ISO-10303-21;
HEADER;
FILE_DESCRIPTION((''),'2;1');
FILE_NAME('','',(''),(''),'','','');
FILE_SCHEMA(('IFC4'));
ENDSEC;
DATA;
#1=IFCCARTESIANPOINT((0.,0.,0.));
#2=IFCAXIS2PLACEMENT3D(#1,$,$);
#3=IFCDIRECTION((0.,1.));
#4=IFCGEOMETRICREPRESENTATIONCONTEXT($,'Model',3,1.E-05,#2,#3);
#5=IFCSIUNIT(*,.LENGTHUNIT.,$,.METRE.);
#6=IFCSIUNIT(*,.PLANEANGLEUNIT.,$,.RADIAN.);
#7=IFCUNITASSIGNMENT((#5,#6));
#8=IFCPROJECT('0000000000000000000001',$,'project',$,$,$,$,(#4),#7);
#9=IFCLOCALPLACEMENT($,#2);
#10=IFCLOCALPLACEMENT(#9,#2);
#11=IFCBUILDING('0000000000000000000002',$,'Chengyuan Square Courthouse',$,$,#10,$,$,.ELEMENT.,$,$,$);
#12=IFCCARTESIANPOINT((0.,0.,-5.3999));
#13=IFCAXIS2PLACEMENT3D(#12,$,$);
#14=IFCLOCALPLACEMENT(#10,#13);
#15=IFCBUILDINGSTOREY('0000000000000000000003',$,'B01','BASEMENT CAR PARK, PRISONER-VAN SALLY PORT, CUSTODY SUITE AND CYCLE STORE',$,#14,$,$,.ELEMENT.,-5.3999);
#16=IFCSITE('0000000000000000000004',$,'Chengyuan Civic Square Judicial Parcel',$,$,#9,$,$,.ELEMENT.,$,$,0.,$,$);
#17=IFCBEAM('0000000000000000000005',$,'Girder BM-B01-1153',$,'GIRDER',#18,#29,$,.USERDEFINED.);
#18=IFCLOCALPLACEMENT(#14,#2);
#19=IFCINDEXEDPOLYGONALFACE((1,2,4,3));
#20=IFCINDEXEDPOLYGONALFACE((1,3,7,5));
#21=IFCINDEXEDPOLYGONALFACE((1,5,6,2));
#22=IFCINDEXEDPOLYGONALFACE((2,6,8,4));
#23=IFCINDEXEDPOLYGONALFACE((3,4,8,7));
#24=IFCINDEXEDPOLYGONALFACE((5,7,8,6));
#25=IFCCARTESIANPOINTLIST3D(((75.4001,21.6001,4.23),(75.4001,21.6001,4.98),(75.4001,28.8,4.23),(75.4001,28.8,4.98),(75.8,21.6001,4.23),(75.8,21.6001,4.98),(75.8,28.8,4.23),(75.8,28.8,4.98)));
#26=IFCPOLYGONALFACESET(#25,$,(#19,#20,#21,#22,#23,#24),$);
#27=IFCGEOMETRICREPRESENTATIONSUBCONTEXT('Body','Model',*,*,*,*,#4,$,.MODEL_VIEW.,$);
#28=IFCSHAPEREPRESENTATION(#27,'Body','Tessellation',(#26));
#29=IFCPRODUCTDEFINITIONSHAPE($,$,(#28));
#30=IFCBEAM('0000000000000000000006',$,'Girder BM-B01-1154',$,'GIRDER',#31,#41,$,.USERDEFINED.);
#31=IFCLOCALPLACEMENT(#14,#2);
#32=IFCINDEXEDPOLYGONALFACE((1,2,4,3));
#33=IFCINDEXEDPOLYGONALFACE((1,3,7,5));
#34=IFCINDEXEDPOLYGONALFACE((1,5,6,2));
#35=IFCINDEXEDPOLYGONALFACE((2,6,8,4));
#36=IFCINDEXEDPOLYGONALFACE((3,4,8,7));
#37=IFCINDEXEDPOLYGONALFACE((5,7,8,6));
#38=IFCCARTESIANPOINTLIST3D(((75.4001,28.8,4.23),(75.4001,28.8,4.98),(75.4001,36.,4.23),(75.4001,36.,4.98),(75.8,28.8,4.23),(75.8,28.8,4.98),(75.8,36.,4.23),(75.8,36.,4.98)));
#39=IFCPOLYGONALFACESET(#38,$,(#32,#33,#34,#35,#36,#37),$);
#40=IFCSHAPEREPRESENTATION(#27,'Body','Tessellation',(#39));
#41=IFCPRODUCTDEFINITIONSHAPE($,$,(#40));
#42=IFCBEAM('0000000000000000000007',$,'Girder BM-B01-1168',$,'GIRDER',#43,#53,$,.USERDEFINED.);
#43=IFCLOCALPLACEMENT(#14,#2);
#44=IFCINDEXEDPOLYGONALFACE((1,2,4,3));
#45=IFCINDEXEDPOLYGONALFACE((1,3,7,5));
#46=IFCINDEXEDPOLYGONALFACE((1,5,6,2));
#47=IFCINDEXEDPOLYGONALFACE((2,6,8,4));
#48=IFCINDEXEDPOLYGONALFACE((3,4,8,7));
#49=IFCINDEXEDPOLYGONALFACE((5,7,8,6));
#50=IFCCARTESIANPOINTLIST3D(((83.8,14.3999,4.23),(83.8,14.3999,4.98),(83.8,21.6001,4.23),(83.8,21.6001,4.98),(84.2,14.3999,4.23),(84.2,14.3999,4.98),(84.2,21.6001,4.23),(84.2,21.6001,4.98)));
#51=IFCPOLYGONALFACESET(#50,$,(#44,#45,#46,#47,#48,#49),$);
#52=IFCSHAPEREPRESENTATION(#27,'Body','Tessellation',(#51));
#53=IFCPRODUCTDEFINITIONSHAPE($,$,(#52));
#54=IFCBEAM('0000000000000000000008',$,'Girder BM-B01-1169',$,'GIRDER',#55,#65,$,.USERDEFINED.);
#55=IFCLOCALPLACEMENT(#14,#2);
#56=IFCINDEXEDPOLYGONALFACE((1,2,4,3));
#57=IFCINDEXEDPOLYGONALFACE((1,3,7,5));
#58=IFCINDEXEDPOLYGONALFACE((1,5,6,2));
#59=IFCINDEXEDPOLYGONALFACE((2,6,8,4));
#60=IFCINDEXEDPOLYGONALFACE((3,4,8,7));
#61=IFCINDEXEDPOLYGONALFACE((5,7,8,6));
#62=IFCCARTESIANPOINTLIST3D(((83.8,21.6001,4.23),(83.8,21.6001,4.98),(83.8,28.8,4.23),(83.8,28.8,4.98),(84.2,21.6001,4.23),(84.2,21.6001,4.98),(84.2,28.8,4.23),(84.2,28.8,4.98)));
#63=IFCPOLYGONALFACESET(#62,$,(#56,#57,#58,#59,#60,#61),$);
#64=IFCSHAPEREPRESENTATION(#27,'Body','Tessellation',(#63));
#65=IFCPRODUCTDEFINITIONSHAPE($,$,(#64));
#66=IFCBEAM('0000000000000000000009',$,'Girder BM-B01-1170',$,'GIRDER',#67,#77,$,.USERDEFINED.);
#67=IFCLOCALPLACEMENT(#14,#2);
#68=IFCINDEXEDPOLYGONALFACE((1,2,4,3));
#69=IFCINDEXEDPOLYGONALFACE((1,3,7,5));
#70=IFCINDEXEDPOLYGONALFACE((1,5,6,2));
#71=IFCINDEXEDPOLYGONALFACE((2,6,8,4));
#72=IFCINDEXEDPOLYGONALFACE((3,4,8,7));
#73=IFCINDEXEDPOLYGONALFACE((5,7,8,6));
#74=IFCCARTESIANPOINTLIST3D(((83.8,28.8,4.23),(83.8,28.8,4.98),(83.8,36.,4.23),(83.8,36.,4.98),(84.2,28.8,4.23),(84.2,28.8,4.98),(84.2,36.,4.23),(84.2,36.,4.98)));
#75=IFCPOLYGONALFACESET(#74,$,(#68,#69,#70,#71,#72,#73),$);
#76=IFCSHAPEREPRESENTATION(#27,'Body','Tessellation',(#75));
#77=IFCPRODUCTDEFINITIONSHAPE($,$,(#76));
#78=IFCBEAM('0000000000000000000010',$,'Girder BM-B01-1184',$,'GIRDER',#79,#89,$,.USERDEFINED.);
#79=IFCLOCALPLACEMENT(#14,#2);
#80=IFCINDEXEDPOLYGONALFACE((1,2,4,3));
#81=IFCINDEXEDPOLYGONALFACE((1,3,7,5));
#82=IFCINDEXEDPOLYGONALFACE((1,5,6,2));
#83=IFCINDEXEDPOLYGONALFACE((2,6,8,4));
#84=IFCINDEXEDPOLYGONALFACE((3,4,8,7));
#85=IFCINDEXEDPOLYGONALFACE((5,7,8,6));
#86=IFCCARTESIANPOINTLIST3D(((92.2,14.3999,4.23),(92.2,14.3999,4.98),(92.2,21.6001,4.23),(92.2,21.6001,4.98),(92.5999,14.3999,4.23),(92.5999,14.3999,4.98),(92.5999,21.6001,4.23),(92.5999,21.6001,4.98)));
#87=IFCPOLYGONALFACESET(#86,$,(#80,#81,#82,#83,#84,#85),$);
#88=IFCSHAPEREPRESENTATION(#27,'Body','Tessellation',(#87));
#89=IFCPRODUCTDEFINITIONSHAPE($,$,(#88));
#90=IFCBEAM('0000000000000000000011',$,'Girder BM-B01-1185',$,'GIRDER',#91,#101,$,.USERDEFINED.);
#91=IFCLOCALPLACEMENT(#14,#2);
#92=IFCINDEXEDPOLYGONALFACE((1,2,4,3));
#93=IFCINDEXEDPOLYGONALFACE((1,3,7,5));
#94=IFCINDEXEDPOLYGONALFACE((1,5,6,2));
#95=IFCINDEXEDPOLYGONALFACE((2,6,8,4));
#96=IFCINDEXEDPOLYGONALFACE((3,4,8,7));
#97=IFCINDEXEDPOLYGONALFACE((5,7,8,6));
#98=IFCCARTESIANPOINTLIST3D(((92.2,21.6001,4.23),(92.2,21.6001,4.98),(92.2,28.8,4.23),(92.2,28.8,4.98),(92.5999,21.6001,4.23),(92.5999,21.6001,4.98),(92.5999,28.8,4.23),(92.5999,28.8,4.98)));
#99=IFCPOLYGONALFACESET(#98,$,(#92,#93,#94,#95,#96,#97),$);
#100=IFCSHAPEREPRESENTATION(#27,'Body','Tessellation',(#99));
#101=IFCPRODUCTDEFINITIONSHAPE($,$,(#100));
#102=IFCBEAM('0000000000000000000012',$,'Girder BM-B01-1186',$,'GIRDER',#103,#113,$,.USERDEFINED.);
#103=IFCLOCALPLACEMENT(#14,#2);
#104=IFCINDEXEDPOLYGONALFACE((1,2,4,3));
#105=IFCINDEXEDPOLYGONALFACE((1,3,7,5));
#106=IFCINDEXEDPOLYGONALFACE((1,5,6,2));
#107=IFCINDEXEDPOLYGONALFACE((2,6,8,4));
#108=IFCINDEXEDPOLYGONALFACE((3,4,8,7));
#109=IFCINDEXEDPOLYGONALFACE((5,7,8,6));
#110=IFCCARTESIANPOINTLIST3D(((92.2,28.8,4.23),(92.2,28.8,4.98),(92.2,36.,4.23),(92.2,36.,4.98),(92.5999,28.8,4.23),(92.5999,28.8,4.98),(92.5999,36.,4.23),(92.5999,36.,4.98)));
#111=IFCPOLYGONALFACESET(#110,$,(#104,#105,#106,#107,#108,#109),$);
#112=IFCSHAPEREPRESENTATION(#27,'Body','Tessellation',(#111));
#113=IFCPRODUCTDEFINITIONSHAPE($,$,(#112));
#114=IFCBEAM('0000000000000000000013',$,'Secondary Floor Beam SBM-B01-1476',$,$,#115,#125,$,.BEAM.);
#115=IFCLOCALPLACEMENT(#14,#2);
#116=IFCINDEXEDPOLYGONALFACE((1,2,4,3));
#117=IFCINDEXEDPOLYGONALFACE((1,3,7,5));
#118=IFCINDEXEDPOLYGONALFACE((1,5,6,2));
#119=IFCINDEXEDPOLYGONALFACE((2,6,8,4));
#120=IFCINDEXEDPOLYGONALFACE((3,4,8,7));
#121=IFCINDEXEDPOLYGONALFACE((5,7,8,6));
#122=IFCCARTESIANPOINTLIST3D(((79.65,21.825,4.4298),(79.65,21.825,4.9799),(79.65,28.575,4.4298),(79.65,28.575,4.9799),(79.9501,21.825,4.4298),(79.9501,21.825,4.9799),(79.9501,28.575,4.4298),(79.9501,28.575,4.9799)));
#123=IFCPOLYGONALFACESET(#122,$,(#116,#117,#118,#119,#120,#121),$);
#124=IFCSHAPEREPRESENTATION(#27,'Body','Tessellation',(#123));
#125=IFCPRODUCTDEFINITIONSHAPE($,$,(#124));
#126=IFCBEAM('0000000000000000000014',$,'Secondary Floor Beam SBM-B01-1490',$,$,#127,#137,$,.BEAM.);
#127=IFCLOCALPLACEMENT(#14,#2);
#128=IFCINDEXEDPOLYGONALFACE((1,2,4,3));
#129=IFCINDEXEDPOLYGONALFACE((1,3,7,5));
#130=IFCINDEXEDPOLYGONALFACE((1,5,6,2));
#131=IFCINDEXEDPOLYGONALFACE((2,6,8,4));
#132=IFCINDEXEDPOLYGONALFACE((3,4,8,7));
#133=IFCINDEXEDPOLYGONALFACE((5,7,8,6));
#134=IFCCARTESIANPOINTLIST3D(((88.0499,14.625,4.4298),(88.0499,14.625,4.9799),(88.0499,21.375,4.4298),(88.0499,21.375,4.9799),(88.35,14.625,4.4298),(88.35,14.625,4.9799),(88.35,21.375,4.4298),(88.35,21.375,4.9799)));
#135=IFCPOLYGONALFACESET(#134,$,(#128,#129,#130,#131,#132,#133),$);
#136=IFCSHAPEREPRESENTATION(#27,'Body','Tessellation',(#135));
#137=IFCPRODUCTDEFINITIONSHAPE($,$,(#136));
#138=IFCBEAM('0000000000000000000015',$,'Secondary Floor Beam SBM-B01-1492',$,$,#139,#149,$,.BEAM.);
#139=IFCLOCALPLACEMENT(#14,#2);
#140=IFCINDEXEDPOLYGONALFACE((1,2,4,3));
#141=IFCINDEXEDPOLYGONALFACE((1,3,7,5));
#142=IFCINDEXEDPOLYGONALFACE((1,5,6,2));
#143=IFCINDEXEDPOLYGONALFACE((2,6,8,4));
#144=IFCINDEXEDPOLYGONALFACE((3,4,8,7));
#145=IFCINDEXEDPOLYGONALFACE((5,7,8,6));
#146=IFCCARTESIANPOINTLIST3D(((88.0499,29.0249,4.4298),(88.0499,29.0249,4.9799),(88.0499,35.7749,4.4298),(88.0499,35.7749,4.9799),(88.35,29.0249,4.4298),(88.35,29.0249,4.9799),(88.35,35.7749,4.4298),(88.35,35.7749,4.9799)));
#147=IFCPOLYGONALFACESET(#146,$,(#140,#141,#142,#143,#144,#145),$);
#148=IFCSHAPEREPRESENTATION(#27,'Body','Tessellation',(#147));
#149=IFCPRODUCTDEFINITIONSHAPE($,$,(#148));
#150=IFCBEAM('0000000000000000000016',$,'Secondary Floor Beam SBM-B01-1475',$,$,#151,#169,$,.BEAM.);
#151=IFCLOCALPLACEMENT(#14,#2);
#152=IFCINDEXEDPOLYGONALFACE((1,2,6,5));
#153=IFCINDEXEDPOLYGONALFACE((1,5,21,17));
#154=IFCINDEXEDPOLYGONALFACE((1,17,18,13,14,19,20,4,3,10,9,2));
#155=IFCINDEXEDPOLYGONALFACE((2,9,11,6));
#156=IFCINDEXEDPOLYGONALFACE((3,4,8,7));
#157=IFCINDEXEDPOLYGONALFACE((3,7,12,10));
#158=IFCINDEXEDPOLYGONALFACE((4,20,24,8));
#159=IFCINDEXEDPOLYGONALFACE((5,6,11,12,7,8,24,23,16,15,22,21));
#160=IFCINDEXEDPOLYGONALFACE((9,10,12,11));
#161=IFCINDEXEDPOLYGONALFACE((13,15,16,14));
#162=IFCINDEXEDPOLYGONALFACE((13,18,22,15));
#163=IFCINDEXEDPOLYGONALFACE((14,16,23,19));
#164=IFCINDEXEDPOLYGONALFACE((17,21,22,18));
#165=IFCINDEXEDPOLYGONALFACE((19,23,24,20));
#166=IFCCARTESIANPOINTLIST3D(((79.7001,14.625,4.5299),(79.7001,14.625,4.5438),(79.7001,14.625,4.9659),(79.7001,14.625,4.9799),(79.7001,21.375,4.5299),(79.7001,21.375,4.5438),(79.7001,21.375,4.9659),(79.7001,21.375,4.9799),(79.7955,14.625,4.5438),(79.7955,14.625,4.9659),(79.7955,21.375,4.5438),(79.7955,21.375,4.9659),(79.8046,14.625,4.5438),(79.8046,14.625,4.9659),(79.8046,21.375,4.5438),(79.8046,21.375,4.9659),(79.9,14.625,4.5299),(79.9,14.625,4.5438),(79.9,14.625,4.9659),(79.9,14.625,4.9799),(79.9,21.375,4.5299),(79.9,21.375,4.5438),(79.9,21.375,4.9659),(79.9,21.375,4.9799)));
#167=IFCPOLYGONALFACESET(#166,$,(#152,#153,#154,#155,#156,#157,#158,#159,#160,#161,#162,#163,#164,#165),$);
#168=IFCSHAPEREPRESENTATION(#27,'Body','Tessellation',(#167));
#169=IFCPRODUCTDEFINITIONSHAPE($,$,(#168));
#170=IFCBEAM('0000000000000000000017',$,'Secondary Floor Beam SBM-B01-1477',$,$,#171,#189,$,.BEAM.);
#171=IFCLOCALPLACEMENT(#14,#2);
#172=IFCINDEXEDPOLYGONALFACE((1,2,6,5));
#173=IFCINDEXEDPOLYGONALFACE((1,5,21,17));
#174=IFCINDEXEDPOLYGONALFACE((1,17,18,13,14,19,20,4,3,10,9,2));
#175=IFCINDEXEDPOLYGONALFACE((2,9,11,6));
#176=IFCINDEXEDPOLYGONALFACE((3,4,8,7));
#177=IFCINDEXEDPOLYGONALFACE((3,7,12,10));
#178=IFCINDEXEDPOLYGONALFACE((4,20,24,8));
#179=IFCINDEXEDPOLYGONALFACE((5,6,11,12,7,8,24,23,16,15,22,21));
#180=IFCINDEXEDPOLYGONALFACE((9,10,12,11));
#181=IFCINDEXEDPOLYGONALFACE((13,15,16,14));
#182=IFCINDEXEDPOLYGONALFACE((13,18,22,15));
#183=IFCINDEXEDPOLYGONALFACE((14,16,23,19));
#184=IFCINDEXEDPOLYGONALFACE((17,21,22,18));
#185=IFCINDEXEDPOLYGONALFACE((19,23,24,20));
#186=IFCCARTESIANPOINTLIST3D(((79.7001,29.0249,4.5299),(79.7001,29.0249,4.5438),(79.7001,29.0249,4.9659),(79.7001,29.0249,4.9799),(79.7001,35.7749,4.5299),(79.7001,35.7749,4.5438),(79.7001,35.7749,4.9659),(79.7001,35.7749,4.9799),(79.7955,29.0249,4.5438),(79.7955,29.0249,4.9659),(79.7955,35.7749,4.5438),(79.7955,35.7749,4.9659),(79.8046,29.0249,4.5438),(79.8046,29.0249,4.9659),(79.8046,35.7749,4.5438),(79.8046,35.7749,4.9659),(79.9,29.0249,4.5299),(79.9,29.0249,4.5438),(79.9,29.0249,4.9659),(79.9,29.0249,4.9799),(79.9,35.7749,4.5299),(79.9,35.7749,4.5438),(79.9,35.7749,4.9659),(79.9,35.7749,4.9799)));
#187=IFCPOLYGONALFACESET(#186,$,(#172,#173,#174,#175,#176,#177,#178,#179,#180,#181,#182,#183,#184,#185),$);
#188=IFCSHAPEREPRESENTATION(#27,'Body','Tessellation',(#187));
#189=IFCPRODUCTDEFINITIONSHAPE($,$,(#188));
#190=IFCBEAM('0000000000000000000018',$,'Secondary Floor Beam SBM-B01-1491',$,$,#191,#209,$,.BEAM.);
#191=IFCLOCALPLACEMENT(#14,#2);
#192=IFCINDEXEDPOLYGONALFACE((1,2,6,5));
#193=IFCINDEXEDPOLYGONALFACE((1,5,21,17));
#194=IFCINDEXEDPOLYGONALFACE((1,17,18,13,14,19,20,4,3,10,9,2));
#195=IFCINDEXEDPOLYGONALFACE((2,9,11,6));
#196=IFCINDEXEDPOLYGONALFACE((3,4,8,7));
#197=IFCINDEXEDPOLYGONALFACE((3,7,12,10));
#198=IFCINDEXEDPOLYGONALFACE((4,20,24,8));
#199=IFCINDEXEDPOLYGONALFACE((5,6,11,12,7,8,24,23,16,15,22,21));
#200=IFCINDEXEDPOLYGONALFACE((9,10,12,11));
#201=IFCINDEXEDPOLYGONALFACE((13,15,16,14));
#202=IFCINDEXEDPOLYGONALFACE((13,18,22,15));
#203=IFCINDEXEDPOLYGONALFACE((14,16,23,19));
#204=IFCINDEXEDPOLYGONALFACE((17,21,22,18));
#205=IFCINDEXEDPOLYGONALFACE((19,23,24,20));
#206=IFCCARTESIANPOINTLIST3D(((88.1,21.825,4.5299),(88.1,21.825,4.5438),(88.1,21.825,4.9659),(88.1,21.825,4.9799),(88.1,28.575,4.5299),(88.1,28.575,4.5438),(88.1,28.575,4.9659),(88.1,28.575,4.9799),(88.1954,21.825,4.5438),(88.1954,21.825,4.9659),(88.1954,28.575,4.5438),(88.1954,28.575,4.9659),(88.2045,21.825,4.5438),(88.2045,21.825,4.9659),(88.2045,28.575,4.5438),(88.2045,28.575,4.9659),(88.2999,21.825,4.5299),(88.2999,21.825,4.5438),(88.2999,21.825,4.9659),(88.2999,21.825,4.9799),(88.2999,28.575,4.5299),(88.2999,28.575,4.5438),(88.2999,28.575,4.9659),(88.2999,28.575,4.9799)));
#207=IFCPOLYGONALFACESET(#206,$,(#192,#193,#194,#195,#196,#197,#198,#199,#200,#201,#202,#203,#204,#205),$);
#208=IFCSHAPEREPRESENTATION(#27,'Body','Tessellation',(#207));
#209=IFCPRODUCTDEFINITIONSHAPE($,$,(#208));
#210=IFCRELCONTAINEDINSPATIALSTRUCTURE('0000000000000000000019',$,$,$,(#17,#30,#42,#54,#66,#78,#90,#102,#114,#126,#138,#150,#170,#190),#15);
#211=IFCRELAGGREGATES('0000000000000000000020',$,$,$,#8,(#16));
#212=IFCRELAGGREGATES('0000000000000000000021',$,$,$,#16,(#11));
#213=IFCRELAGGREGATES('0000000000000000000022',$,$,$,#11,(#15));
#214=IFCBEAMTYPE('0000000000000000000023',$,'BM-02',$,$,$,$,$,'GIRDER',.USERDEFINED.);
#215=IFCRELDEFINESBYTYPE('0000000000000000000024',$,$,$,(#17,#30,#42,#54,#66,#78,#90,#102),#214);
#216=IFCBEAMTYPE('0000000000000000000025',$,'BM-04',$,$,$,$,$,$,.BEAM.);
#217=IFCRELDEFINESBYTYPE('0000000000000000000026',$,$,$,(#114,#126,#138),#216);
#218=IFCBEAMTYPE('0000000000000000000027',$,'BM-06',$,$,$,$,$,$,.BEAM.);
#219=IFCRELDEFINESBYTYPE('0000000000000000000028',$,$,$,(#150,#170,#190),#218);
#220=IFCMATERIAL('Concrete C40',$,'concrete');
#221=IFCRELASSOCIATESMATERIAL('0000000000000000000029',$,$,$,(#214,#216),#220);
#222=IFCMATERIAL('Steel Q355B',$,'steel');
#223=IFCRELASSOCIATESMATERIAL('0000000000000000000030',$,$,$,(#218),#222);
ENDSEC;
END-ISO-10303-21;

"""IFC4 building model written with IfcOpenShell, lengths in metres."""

from ifc_helpers import new_model, si_unit, direction, frame, origin, origin_2d, place, context, subcontext, project, spatial, rectangle, i_section, extrude, material, material_profile, profile_set, type_object, element, save


model = new_model("IFC4")

# Units and contexts
model_context = context("Model", 3, precision=1e-05, world=origin(), true_north=direction((0.0, 1.0)))
body_context = subcontext(model_context, "Body", "Model", "MODEL_VIEW")
ifc_project = project(units=[si_unit("LENGTHUNIT", "METRE"), si_unit("PLANEANGLEUNIT", "RADIAN")], contexts=[model_context])

# Site, building, storey
site_placement = place(None, origin())
site = spatial("IfcSite", under=ifc_project, at=site_placement, Name="Chengyuan Civic Square Judicial Parcel", CompositionType="ELEMENT", RefElevation=0.0)
building_placement = place(site_placement, origin())
building = spatial("IfcBuilding", under=site, at=building_placement, Name="Chengyuan Square Courthouse", CompositionType="ELEMENT")
storey_placement = place(building_placement, frame((0.0, 0.0, -5.3999)))
storey = spatial("IfcBuildingStorey", under=building, at=storey_placement, Name="B01", Description="BASEMENT CAR PARK, PRISONER-VAN SALLY PORT, CUSTODY SUITE AND CYCLE STORE", CompositionType="ELEMENT", Elevation=-5.3999)

# Beams
ifc_material_1 = material(Name="Concrete C40", Category="concrete")
ifc_material_profile_1 = material_profile(ifc_material_1, rectangle(XDim=0.3999, YDim=0.75, at=origin_2d()), Name="RC-BM-400x750")
ifc_profile_set_1 = profile_set([ifc_material_profile_1], Name="Concrete C40")
beam_type_1 = type_object("IfcBeamType", Name="BM-02", ElementType="GIRDER", PredefinedType="USERDEFINED", material=ifc_profile_set_1)
for number, where, z_axis, x_axis, name in (
    (1, (75.6001, 21.6001, 4.605), (0.0, 1.0, 0.0), (-1.0, 0.0, 0.0), "Girder BM-B01-1153"),
    (2, (75.6001, 28.8, 4.605), (0.0, 1.0, 0.0), (-1.0, 0.0, 0.0), "Girder BM-B01-1154"),
):
    element("IfcBeam", number, at=place(storey_placement, frame(where, z_axis=z_axis, x_axis=x_axis)), inside=storey, type_object=beam_type_1, Name=name, ObjectType="GIRDER", PredefinedType="USERDEFINED", context=body_context, shape_type="SweptSolid", body=[
        extrude(rectangle(XDim=0.3999, YDim=0.75, at=origin_2d()), origin(), (0.0, 0.0, 1.0), 7.2),
    ])
beam_1_placement = place(storey_placement, frame((84.0, 14.3999, 4.605), z_axis=(0.0, 1.0, 0.0), x_axis=(-1.0, 0.0, 0.0)))
element("IfcBeam", 3, at=beam_1_placement, inside=storey, type_object=beam_type_1, Name="Girder BM-B01-1168", ObjectType="GIRDER", PredefinedType="USERDEFINED", context=body_context, shape_type="SweptSolid", body=[
    extrude(rectangle(XDim=0.3999, YDim=0.75, at=origin_2d()), origin(), (0.0, 0.0, 1.0), 7.2002),
])
for number, where, z_axis, x_axis, name in (
    (4, (84.0, 21.6001, 4.605), (0.0, 1.0, 0.0), (-1.0, 0.0, 0.0), "Girder BM-B01-1169"),
    (5, (84.0, 28.8, 4.605), (0.0, 1.0, 0.0), (-1.0, 0.0, 0.0), "Girder BM-B01-1170"),
):
    element("IfcBeam", number, at=place(storey_placement, frame(where, z_axis=z_axis, x_axis=x_axis)), inside=storey, type_object=beam_type_1, Name=name, ObjectType="GIRDER", PredefinedType="USERDEFINED", context=body_context, shape_type="SweptSolid", body=[
        extrude(rectangle(XDim=0.3999, YDim=0.75, at=origin_2d()), origin(), (0.0, 0.0, 1.0), 7.2),
    ])
beam_2_placement = place(storey_placement, frame((92.3999, 14.3999, 4.605), z_axis=(0.0, 1.0, 0.0), x_axis=(-1.0, 0.0, 0.0)))
element("IfcBeam", 6, at=beam_2_placement, inside=storey, type_object=beam_type_1, Name="Girder BM-B01-1184", ObjectType="GIRDER", PredefinedType="USERDEFINED", context=body_context, shape_type="SweptSolid", body=[
    extrude(rectangle(XDim=0.3999, YDim=0.75, at=origin_2d()), origin(), (0.0, 0.0, 1.0), 7.2002),
])
for number, where, z_axis, x_axis, name in (
    (7, (92.3999, 21.6001, 4.605), (0.0, 1.0, 0.0), (-1.0, 0.0, 0.0), "Girder BM-B01-1185"),
    (8, (92.3999, 28.8, 4.605), (0.0, 1.0, 0.0), (-1.0, 0.0, 0.0), "Girder BM-B01-1186"),
):
    element("IfcBeam", number, at=place(storey_placement, frame(where, z_axis=z_axis, x_axis=x_axis)), inside=storey, type_object=beam_type_1, Name=name, ObjectType="GIRDER", PredefinedType="USERDEFINED", context=body_context, shape_type="SweptSolid", body=[
        extrude(rectangle(XDim=0.3999, YDim=0.75, at=origin_2d()), origin(), (0.0, 0.0, 1.0), 7.2),
    ])
ifc_material_profile_2 = material_profile(ifc_material_1, rectangle(XDim=0.3, YDim=0.55, at=origin_2d()), Name="RC-BM-300x550")
ifc_profile_set_2 = profile_set([ifc_material_profile_2], Name="Concrete C40")
beam_type_2 = type_object("IfcBeamType", Name="BM-04", PredefinedType="BEAM", material=ifc_profile_set_2)
for number, where, z_axis, x_axis, name in (
    (9, (79.8, 21.825, 4.7048), (0.0, 1.0, 0.0), (-1.0, 0.0, 0.0), "Secondary Floor Beam SBM-B01-1476"),
    (10, (88.2, 14.625, 4.7048), (0.0, 1.0, 0.0), (-1.0, 0.0, 0.0), "Secondary Floor Beam SBM-B01-1490"),
    (11, (88.2, 29.0249, 4.7048), (0.0, 1.0, 0.0), (-1.0, 0.0, 0.0), "Secondary Floor Beam SBM-B01-1492"),
):
    element("IfcBeam", number, at=place(storey_placement, frame(where, z_axis=z_axis, x_axis=x_axis)), inside=storey, type_object=beam_type_2, Name=name, PredefinedType="BEAM", context=body_context, shape_type="SweptSolid", body=[
        extrude(rectangle(XDim=0.3, YDim=0.55, at=origin_2d()), origin(), (0.0, 0.0, 1.0), 6.75),
    ])
ifc_material_2 = material(Name="Steel Q355B", Category="steel")
ifc_material_profile_3 = material_profile(ifc_material_2, i_section(OverallWidth=0.2, OverallDepth=0.45, WebThickness=0.009, FlangeThickness=0.0139, at=origin_2d()), Name="HN 450x200x9x14")
ifc_profile_set_3 = profile_set([ifc_material_profile_3], Name="Steel Q355B")
beam_type_3 = type_object("IfcBeamType", Name="BM-06", PredefinedType="BEAM", material=ifc_profile_set_3)
for number, where, z_axis, x_axis, name in (
    (12, (79.8, 14.625, 4.7549), (0.0, 1.0, 0.0), (-1.0, 0.0, 0.0), "Secondary Floor Beam SBM-B01-1475"),
    (13, (79.8, 29.0249, 4.7549), (0.0, 1.0, 0.0), (-1.0, 0.0, 0.0), "Secondary Floor Beam SBM-B01-1477"),
    (14, (88.2, 21.825, 4.7549), (0.0, 1.0, 0.0), (-1.0, 0.0, 0.0), "Secondary Floor Beam SBM-B01-1491"),
):
    element("IfcBeam", number, at=place(storey_placement, frame(where, z_axis=z_axis, x_axis=x_axis)), inside=storey, type_object=beam_type_3, Name=name, PredefinedType="BEAM", context=body_context, shape_type="SweptSolid", body=[
        extrude(i_section(OverallWidth=0.2, OverallDepth=0.45, WebThickness=0.009, FlangeThickness=0.0139, at=origin_2d()), origin(), (0.0, 0.0, 1.0), 6.75),
    ])

save(model, "model.ifc")
